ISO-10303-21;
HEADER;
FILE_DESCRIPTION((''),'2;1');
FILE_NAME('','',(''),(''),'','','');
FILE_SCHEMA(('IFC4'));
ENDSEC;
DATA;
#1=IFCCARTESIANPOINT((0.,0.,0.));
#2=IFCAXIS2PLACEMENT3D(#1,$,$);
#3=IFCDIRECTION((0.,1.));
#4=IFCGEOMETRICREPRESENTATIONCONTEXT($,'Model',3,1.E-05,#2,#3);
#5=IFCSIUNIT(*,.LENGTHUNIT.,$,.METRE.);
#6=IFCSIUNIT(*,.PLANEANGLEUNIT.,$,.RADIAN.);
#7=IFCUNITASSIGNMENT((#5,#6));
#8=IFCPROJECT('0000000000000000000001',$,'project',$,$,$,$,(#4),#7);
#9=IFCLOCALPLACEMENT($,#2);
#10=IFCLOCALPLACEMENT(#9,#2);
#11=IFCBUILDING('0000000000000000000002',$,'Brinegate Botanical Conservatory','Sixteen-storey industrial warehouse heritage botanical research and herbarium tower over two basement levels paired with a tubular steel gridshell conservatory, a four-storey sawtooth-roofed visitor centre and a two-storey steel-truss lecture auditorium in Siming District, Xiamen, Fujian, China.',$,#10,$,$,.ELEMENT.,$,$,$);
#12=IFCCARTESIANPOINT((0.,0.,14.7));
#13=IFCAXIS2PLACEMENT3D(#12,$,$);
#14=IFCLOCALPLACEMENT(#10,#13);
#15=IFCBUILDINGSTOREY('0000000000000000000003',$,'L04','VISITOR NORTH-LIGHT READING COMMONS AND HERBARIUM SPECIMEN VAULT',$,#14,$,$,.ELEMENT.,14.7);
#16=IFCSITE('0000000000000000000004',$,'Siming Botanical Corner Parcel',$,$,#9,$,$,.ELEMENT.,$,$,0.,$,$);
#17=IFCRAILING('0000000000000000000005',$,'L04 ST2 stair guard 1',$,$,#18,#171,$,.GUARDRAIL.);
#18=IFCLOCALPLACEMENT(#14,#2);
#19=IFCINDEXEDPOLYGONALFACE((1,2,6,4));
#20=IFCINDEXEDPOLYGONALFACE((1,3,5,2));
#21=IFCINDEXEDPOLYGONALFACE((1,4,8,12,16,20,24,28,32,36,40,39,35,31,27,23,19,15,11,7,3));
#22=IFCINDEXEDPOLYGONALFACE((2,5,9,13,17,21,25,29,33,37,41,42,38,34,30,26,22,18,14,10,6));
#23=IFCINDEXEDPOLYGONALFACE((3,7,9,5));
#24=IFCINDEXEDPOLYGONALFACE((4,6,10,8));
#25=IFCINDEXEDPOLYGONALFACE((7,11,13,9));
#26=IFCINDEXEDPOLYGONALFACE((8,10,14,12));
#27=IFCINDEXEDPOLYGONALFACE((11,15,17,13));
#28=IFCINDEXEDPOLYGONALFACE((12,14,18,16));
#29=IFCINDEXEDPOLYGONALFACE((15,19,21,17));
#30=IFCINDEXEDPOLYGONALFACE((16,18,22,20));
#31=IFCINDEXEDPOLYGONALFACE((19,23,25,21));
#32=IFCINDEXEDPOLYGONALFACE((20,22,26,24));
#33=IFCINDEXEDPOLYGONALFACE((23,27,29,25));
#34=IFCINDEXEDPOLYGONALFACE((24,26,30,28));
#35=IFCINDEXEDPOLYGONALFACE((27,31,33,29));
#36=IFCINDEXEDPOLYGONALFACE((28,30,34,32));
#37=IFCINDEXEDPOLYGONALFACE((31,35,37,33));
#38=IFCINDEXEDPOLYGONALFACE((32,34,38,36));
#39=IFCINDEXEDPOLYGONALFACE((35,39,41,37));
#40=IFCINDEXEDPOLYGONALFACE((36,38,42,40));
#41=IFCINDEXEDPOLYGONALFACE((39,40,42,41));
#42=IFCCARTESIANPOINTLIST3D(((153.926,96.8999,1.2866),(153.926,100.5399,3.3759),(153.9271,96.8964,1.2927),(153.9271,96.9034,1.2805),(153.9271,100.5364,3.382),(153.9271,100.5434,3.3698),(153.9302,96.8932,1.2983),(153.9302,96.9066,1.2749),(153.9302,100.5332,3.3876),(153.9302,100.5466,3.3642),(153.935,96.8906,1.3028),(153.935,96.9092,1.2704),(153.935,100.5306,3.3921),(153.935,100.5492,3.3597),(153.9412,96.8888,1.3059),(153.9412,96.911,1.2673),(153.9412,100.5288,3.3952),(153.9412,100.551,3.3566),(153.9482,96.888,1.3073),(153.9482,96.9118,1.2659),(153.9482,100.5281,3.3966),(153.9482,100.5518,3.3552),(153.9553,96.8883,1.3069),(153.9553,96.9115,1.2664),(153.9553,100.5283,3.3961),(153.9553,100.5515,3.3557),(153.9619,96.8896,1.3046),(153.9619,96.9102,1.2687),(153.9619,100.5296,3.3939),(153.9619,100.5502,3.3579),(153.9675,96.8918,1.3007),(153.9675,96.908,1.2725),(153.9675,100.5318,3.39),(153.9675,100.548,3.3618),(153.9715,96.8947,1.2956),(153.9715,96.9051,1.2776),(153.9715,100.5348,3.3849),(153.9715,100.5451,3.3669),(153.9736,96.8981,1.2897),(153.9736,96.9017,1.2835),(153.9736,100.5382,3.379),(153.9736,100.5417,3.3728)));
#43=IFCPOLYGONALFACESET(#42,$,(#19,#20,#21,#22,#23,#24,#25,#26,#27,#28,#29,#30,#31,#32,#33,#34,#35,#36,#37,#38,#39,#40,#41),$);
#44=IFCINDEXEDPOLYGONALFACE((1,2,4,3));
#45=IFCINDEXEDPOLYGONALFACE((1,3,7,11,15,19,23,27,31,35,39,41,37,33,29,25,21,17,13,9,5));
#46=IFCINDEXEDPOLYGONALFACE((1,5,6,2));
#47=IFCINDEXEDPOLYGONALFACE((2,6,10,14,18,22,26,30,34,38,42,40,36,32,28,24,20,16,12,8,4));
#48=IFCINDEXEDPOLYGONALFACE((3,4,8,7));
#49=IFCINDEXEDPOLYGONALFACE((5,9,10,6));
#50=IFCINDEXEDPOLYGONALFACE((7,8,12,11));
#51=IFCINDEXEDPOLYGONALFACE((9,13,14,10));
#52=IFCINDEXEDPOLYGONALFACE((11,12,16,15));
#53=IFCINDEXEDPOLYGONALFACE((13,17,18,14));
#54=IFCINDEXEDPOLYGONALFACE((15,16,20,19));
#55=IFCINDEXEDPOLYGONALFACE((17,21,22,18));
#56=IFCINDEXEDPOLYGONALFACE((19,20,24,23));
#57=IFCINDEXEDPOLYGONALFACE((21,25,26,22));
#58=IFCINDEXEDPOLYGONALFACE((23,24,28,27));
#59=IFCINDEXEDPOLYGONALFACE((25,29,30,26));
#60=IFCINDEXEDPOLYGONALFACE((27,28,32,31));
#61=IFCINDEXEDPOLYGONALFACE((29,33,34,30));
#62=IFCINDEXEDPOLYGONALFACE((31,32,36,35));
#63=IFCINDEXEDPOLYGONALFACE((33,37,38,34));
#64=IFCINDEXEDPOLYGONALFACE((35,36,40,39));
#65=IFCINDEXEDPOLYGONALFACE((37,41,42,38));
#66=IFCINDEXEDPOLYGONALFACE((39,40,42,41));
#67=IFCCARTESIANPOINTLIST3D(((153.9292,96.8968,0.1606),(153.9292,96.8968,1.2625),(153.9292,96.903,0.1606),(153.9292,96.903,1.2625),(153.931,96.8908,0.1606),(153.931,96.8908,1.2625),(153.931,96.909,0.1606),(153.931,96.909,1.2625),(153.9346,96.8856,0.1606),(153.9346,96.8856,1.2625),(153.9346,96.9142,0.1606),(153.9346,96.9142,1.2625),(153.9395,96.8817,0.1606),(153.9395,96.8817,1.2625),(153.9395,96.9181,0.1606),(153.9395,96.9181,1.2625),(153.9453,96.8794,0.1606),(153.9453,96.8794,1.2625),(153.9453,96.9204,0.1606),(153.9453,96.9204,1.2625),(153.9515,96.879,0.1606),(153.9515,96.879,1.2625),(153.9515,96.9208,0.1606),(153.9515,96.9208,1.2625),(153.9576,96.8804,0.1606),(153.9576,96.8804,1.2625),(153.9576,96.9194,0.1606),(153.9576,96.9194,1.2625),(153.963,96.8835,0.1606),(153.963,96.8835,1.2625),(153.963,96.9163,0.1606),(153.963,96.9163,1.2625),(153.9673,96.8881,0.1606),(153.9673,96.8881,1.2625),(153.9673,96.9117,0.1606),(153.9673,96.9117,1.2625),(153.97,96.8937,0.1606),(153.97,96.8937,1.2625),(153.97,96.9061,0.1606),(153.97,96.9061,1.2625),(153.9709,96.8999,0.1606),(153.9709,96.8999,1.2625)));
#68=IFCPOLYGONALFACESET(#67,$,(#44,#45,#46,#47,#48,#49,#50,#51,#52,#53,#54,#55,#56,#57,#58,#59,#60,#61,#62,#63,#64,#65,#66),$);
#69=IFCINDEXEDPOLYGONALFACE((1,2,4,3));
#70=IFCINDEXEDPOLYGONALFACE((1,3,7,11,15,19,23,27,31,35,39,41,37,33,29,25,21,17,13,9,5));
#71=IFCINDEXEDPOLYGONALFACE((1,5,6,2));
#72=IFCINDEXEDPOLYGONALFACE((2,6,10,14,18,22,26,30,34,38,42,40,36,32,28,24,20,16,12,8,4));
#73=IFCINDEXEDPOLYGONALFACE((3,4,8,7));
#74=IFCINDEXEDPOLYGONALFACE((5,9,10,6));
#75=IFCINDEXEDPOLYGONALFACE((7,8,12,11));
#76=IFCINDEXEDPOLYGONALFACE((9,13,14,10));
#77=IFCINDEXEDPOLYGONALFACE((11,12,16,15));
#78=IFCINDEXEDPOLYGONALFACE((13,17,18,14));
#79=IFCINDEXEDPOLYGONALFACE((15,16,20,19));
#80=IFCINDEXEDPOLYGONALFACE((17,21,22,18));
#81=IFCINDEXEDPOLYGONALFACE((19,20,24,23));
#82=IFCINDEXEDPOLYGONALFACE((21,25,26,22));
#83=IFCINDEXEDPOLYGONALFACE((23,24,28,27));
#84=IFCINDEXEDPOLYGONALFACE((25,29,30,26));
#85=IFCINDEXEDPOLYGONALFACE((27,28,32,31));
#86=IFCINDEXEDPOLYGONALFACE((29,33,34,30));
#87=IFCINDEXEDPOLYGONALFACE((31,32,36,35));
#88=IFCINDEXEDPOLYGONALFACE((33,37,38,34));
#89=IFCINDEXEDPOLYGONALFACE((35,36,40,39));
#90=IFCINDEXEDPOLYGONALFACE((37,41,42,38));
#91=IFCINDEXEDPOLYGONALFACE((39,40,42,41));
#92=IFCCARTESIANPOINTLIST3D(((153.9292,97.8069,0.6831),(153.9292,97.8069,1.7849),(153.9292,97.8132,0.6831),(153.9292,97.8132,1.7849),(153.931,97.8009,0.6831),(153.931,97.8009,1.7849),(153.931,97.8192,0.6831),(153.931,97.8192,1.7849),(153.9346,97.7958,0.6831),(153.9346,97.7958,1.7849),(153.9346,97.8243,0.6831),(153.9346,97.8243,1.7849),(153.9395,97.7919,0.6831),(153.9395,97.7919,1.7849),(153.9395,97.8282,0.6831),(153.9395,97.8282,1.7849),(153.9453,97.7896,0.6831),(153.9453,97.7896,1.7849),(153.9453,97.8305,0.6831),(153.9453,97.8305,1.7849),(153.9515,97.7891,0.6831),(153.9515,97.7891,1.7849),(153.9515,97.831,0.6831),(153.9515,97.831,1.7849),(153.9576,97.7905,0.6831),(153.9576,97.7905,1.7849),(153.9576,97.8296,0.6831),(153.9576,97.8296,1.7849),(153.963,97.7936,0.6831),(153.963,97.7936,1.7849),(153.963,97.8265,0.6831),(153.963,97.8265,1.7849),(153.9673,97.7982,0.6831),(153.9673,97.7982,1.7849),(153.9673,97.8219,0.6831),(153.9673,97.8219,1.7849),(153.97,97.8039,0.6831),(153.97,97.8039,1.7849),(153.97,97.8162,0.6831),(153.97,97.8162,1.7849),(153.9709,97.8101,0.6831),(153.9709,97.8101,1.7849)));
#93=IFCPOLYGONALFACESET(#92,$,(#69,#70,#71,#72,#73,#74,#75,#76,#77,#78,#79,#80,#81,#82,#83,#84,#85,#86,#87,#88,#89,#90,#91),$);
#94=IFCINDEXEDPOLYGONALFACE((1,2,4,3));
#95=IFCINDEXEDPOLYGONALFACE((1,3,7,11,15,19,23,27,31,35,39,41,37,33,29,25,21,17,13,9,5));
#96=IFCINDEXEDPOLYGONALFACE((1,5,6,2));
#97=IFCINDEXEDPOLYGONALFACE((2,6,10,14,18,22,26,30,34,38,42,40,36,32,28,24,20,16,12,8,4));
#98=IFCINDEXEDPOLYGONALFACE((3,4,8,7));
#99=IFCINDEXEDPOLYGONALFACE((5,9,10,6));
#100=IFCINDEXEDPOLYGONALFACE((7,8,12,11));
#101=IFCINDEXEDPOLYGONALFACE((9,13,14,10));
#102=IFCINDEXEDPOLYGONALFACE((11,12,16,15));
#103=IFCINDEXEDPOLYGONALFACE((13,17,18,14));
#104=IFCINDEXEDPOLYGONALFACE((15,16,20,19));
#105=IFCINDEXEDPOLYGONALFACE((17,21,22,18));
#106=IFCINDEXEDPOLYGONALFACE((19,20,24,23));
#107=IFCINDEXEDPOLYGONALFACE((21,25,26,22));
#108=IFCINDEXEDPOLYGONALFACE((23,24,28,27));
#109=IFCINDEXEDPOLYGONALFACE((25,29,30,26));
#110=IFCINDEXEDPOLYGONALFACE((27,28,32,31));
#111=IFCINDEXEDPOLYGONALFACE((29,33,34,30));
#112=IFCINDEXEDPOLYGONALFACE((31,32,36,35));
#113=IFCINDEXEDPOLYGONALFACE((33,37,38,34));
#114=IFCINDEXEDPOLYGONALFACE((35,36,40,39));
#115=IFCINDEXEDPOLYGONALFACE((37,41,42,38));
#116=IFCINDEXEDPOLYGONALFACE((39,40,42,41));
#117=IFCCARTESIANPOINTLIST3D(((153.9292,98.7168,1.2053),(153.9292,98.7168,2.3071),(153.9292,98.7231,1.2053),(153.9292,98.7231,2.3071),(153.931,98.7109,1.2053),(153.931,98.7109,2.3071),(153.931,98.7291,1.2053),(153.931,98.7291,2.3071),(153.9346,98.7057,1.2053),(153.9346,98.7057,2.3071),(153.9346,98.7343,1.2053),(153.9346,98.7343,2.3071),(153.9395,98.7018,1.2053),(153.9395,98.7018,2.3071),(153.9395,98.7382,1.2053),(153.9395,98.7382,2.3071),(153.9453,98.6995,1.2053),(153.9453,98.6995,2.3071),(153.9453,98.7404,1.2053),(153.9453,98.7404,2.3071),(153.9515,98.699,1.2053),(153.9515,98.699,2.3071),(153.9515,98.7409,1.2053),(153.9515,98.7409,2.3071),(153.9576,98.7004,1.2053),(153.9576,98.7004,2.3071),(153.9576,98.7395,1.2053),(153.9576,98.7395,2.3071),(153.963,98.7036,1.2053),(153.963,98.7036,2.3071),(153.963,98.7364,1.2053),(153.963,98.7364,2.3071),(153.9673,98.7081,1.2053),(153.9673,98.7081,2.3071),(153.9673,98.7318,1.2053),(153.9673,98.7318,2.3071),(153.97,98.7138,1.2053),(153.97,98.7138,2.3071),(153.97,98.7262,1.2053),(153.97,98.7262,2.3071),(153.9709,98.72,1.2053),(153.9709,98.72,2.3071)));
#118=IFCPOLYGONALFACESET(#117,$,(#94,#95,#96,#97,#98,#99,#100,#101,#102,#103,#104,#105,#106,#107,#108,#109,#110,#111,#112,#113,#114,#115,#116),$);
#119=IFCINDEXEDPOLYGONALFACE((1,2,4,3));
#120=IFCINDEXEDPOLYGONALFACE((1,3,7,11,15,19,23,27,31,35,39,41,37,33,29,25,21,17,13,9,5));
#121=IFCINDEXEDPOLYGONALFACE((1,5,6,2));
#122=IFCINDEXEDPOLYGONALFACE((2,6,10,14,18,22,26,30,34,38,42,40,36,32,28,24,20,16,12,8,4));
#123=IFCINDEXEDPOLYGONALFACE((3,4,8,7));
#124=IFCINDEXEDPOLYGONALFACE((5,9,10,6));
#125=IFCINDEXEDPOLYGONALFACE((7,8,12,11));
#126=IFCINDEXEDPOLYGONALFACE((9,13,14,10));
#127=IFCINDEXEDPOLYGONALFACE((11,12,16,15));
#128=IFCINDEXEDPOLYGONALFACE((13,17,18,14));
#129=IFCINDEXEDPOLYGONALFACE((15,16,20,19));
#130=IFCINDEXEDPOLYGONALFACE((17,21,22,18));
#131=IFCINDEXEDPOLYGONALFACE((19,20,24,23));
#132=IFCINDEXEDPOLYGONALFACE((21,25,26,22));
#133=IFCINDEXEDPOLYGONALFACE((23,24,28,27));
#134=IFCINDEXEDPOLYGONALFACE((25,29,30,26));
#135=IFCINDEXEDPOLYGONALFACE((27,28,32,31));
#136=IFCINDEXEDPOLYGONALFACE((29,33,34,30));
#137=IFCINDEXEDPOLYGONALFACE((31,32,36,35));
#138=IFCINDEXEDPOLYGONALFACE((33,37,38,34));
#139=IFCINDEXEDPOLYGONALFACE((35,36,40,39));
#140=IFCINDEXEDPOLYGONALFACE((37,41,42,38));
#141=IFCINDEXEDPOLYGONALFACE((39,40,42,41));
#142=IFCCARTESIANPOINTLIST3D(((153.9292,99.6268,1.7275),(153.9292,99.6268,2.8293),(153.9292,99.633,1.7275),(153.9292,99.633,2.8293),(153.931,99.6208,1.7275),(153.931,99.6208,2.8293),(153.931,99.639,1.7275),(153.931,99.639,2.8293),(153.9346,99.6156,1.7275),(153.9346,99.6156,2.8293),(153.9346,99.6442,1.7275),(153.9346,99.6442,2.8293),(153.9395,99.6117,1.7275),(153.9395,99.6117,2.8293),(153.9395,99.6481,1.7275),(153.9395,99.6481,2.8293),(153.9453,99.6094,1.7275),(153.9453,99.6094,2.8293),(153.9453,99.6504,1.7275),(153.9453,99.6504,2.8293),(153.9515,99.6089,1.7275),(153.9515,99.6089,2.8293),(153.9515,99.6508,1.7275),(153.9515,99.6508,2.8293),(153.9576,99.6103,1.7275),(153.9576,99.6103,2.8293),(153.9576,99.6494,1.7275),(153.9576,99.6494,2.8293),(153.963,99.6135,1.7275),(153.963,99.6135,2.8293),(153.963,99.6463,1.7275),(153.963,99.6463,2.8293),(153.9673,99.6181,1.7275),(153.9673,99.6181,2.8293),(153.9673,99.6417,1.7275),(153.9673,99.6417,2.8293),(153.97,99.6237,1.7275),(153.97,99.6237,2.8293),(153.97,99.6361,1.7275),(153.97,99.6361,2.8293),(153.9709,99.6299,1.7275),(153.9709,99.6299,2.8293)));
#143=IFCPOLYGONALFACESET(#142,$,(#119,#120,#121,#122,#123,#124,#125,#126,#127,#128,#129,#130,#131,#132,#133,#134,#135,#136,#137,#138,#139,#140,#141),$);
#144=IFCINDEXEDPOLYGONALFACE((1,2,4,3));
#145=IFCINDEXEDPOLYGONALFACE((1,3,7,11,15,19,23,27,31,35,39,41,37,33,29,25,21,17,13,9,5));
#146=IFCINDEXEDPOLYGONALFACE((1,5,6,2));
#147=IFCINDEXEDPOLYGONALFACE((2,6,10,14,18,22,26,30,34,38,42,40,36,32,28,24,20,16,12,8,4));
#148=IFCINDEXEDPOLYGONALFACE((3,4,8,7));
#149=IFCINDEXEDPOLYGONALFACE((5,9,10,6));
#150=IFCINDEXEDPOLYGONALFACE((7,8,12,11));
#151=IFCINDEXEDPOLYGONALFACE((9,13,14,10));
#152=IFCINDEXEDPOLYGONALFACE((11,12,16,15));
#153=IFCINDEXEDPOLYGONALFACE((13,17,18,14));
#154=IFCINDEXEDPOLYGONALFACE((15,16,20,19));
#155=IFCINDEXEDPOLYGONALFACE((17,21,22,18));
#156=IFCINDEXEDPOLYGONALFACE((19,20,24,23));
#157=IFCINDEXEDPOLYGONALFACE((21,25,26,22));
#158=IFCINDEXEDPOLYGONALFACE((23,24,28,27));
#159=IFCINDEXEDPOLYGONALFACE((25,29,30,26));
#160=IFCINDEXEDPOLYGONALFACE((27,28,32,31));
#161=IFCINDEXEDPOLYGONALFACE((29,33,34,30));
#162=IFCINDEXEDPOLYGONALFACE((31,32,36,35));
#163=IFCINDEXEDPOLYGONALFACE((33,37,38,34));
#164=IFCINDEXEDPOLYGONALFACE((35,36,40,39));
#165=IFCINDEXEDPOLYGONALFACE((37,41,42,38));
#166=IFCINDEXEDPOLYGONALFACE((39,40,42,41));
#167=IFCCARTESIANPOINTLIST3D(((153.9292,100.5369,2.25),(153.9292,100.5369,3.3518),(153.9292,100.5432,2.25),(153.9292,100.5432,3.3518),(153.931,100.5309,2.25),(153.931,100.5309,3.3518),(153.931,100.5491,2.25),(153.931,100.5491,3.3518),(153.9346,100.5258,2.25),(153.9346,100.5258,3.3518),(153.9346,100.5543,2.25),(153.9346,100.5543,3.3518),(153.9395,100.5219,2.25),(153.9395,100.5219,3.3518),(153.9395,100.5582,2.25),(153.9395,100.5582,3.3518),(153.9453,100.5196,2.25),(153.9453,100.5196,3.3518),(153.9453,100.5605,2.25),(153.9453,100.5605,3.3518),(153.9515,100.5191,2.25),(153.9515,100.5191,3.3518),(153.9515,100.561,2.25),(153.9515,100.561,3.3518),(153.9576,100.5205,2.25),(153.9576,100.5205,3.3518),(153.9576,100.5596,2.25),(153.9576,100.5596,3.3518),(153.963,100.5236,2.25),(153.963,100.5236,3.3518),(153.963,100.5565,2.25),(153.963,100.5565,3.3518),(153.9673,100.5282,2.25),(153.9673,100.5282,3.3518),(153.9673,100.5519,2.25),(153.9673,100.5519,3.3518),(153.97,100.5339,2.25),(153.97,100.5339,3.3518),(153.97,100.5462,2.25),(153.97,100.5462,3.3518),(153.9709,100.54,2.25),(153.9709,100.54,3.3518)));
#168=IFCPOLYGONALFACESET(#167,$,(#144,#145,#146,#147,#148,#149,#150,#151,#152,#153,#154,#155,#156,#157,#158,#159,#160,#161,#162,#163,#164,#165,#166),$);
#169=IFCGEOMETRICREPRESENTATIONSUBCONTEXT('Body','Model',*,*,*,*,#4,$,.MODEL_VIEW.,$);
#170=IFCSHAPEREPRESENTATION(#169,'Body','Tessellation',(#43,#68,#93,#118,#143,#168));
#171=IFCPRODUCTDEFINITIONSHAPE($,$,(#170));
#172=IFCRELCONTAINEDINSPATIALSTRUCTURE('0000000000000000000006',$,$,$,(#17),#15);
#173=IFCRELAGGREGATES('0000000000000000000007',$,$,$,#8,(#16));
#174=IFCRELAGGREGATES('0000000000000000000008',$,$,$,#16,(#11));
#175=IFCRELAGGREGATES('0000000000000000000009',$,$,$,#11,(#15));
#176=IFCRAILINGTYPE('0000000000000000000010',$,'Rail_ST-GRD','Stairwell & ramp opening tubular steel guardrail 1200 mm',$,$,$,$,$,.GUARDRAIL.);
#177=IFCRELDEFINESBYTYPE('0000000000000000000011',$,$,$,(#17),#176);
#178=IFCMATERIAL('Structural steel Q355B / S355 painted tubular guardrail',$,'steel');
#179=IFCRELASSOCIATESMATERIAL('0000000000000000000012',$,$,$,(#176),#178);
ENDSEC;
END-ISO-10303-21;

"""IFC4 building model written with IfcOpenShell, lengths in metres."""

from ifc_helpers import new_model, si_unit, direction, frame, origin, origin_2d, place, context, subcontext, project, spatial, circle, extrude, material, type_object, element, save


model = new_model("IFC4")

# Units and contexts
model_context = context("Model", 3, precision=1e-05, world=origin(), true_north=direction((0.0, 1.0)))
body_context = subcontext(model_context, "Body", "Model", "MODEL_VIEW")
ifc_project = project(units=[si_unit("LENGTHUNIT", "METRE"), si_unit("PLANEANGLEUNIT", "RADIAN")], contexts=[model_context])

# Site, building, storey
site_placement = place(None, origin())
site = spatial("IfcSite", under=ifc_project, at=site_placement, Name="Siming Botanical Corner Parcel", CompositionType="ELEMENT", RefElevation=0.0)
building_placement = place(site_placement, origin())
building = spatial("IfcBuilding", under=site, at=building_placement, Name="Brinegate Botanical Conservatory", Description="Sixteen-storey industrial warehouse heritage botanical research and herbarium tower over two basement levels paired with a tubular steel gridshell conservatory, a four-storey sawtooth-roofed visitor centre and a two-storey steel-truss lecture auditorium in Siming District, Xiamen, Fujian, China.", CompositionType="ELEMENT")
storey_placement = place(building_placement, frame((0.0, 0.0, 14.7)))
storey = spatial("IfcBuildingStorey", under=building, at=storey_placement, Name="L04", Description="VISITOR NORTH-LIGHT READING COMMONS AND HERBARIUM SPECIMEN VAULT", CompositionType="ELEMENT", Elevation=14.7)

# Railing
ifc_material_1 = material(Name="Structural steel Q355B / S355 painted tubular guardrail", Category="steel")
railing_type_1 = type_object("IfcRailingType", Name="Rail_ST-GRD", Description="Stairwell & ramp opening tubular steel guardrail 1200 mm", PredefinedType="GUARDRAIL", material=ifc_material_1)
railing_1_placement = place(storey_placement, frame((153.95, 96.8999, 0.1606)))
element("IfcRailing", 1, at=railing_1_placement, inside=storey, type_object=railing_type_1, Name="L04 ST2 stair guard 1", PredefinedType="GUARDRAIL", context=body_context, shape_type="SweptSolid", body=[
    extrude(circle(Radius=0.0239, at=origin_2d()), frame((0.0, 0.0, 1.126), z_axis=(0.0, 0.867289, 0.497804), x_axis=(-1.0, 0.0, 0.0)), (0.0, 0.0, 1.0), 4.197),
    extrude(circle(Radius=0.021, at=origin_2d()), origin(), (0.0, 0.0, 1.0), 1.1018),
    extrude(circle(Radius=0.021, at=origin_2d()), frame((0.0, 0.9102, 0.5225)), (0.0, 0.0, 1.0), 1.1018),
    extrude(circle(Radius=0.021, at=origin_2d()), frame((0.0, 1.8201, 1.0447)), (0.0, 0.0, 1.0), 1.1018),
    extrude(circle(Radius=0.021, at=origin_2d()), frame((0.0, 2.73, 1.5669)), (0.0, 0.0, 1.0), 1.1018),
    extrude(circle(Radius=0.021, at=origin_2d()), frame((0.0, 3.6401, 2.0894)), (0.0, 0.0, 1.0), 1.1018),
])

save(model, "model.ifc")
